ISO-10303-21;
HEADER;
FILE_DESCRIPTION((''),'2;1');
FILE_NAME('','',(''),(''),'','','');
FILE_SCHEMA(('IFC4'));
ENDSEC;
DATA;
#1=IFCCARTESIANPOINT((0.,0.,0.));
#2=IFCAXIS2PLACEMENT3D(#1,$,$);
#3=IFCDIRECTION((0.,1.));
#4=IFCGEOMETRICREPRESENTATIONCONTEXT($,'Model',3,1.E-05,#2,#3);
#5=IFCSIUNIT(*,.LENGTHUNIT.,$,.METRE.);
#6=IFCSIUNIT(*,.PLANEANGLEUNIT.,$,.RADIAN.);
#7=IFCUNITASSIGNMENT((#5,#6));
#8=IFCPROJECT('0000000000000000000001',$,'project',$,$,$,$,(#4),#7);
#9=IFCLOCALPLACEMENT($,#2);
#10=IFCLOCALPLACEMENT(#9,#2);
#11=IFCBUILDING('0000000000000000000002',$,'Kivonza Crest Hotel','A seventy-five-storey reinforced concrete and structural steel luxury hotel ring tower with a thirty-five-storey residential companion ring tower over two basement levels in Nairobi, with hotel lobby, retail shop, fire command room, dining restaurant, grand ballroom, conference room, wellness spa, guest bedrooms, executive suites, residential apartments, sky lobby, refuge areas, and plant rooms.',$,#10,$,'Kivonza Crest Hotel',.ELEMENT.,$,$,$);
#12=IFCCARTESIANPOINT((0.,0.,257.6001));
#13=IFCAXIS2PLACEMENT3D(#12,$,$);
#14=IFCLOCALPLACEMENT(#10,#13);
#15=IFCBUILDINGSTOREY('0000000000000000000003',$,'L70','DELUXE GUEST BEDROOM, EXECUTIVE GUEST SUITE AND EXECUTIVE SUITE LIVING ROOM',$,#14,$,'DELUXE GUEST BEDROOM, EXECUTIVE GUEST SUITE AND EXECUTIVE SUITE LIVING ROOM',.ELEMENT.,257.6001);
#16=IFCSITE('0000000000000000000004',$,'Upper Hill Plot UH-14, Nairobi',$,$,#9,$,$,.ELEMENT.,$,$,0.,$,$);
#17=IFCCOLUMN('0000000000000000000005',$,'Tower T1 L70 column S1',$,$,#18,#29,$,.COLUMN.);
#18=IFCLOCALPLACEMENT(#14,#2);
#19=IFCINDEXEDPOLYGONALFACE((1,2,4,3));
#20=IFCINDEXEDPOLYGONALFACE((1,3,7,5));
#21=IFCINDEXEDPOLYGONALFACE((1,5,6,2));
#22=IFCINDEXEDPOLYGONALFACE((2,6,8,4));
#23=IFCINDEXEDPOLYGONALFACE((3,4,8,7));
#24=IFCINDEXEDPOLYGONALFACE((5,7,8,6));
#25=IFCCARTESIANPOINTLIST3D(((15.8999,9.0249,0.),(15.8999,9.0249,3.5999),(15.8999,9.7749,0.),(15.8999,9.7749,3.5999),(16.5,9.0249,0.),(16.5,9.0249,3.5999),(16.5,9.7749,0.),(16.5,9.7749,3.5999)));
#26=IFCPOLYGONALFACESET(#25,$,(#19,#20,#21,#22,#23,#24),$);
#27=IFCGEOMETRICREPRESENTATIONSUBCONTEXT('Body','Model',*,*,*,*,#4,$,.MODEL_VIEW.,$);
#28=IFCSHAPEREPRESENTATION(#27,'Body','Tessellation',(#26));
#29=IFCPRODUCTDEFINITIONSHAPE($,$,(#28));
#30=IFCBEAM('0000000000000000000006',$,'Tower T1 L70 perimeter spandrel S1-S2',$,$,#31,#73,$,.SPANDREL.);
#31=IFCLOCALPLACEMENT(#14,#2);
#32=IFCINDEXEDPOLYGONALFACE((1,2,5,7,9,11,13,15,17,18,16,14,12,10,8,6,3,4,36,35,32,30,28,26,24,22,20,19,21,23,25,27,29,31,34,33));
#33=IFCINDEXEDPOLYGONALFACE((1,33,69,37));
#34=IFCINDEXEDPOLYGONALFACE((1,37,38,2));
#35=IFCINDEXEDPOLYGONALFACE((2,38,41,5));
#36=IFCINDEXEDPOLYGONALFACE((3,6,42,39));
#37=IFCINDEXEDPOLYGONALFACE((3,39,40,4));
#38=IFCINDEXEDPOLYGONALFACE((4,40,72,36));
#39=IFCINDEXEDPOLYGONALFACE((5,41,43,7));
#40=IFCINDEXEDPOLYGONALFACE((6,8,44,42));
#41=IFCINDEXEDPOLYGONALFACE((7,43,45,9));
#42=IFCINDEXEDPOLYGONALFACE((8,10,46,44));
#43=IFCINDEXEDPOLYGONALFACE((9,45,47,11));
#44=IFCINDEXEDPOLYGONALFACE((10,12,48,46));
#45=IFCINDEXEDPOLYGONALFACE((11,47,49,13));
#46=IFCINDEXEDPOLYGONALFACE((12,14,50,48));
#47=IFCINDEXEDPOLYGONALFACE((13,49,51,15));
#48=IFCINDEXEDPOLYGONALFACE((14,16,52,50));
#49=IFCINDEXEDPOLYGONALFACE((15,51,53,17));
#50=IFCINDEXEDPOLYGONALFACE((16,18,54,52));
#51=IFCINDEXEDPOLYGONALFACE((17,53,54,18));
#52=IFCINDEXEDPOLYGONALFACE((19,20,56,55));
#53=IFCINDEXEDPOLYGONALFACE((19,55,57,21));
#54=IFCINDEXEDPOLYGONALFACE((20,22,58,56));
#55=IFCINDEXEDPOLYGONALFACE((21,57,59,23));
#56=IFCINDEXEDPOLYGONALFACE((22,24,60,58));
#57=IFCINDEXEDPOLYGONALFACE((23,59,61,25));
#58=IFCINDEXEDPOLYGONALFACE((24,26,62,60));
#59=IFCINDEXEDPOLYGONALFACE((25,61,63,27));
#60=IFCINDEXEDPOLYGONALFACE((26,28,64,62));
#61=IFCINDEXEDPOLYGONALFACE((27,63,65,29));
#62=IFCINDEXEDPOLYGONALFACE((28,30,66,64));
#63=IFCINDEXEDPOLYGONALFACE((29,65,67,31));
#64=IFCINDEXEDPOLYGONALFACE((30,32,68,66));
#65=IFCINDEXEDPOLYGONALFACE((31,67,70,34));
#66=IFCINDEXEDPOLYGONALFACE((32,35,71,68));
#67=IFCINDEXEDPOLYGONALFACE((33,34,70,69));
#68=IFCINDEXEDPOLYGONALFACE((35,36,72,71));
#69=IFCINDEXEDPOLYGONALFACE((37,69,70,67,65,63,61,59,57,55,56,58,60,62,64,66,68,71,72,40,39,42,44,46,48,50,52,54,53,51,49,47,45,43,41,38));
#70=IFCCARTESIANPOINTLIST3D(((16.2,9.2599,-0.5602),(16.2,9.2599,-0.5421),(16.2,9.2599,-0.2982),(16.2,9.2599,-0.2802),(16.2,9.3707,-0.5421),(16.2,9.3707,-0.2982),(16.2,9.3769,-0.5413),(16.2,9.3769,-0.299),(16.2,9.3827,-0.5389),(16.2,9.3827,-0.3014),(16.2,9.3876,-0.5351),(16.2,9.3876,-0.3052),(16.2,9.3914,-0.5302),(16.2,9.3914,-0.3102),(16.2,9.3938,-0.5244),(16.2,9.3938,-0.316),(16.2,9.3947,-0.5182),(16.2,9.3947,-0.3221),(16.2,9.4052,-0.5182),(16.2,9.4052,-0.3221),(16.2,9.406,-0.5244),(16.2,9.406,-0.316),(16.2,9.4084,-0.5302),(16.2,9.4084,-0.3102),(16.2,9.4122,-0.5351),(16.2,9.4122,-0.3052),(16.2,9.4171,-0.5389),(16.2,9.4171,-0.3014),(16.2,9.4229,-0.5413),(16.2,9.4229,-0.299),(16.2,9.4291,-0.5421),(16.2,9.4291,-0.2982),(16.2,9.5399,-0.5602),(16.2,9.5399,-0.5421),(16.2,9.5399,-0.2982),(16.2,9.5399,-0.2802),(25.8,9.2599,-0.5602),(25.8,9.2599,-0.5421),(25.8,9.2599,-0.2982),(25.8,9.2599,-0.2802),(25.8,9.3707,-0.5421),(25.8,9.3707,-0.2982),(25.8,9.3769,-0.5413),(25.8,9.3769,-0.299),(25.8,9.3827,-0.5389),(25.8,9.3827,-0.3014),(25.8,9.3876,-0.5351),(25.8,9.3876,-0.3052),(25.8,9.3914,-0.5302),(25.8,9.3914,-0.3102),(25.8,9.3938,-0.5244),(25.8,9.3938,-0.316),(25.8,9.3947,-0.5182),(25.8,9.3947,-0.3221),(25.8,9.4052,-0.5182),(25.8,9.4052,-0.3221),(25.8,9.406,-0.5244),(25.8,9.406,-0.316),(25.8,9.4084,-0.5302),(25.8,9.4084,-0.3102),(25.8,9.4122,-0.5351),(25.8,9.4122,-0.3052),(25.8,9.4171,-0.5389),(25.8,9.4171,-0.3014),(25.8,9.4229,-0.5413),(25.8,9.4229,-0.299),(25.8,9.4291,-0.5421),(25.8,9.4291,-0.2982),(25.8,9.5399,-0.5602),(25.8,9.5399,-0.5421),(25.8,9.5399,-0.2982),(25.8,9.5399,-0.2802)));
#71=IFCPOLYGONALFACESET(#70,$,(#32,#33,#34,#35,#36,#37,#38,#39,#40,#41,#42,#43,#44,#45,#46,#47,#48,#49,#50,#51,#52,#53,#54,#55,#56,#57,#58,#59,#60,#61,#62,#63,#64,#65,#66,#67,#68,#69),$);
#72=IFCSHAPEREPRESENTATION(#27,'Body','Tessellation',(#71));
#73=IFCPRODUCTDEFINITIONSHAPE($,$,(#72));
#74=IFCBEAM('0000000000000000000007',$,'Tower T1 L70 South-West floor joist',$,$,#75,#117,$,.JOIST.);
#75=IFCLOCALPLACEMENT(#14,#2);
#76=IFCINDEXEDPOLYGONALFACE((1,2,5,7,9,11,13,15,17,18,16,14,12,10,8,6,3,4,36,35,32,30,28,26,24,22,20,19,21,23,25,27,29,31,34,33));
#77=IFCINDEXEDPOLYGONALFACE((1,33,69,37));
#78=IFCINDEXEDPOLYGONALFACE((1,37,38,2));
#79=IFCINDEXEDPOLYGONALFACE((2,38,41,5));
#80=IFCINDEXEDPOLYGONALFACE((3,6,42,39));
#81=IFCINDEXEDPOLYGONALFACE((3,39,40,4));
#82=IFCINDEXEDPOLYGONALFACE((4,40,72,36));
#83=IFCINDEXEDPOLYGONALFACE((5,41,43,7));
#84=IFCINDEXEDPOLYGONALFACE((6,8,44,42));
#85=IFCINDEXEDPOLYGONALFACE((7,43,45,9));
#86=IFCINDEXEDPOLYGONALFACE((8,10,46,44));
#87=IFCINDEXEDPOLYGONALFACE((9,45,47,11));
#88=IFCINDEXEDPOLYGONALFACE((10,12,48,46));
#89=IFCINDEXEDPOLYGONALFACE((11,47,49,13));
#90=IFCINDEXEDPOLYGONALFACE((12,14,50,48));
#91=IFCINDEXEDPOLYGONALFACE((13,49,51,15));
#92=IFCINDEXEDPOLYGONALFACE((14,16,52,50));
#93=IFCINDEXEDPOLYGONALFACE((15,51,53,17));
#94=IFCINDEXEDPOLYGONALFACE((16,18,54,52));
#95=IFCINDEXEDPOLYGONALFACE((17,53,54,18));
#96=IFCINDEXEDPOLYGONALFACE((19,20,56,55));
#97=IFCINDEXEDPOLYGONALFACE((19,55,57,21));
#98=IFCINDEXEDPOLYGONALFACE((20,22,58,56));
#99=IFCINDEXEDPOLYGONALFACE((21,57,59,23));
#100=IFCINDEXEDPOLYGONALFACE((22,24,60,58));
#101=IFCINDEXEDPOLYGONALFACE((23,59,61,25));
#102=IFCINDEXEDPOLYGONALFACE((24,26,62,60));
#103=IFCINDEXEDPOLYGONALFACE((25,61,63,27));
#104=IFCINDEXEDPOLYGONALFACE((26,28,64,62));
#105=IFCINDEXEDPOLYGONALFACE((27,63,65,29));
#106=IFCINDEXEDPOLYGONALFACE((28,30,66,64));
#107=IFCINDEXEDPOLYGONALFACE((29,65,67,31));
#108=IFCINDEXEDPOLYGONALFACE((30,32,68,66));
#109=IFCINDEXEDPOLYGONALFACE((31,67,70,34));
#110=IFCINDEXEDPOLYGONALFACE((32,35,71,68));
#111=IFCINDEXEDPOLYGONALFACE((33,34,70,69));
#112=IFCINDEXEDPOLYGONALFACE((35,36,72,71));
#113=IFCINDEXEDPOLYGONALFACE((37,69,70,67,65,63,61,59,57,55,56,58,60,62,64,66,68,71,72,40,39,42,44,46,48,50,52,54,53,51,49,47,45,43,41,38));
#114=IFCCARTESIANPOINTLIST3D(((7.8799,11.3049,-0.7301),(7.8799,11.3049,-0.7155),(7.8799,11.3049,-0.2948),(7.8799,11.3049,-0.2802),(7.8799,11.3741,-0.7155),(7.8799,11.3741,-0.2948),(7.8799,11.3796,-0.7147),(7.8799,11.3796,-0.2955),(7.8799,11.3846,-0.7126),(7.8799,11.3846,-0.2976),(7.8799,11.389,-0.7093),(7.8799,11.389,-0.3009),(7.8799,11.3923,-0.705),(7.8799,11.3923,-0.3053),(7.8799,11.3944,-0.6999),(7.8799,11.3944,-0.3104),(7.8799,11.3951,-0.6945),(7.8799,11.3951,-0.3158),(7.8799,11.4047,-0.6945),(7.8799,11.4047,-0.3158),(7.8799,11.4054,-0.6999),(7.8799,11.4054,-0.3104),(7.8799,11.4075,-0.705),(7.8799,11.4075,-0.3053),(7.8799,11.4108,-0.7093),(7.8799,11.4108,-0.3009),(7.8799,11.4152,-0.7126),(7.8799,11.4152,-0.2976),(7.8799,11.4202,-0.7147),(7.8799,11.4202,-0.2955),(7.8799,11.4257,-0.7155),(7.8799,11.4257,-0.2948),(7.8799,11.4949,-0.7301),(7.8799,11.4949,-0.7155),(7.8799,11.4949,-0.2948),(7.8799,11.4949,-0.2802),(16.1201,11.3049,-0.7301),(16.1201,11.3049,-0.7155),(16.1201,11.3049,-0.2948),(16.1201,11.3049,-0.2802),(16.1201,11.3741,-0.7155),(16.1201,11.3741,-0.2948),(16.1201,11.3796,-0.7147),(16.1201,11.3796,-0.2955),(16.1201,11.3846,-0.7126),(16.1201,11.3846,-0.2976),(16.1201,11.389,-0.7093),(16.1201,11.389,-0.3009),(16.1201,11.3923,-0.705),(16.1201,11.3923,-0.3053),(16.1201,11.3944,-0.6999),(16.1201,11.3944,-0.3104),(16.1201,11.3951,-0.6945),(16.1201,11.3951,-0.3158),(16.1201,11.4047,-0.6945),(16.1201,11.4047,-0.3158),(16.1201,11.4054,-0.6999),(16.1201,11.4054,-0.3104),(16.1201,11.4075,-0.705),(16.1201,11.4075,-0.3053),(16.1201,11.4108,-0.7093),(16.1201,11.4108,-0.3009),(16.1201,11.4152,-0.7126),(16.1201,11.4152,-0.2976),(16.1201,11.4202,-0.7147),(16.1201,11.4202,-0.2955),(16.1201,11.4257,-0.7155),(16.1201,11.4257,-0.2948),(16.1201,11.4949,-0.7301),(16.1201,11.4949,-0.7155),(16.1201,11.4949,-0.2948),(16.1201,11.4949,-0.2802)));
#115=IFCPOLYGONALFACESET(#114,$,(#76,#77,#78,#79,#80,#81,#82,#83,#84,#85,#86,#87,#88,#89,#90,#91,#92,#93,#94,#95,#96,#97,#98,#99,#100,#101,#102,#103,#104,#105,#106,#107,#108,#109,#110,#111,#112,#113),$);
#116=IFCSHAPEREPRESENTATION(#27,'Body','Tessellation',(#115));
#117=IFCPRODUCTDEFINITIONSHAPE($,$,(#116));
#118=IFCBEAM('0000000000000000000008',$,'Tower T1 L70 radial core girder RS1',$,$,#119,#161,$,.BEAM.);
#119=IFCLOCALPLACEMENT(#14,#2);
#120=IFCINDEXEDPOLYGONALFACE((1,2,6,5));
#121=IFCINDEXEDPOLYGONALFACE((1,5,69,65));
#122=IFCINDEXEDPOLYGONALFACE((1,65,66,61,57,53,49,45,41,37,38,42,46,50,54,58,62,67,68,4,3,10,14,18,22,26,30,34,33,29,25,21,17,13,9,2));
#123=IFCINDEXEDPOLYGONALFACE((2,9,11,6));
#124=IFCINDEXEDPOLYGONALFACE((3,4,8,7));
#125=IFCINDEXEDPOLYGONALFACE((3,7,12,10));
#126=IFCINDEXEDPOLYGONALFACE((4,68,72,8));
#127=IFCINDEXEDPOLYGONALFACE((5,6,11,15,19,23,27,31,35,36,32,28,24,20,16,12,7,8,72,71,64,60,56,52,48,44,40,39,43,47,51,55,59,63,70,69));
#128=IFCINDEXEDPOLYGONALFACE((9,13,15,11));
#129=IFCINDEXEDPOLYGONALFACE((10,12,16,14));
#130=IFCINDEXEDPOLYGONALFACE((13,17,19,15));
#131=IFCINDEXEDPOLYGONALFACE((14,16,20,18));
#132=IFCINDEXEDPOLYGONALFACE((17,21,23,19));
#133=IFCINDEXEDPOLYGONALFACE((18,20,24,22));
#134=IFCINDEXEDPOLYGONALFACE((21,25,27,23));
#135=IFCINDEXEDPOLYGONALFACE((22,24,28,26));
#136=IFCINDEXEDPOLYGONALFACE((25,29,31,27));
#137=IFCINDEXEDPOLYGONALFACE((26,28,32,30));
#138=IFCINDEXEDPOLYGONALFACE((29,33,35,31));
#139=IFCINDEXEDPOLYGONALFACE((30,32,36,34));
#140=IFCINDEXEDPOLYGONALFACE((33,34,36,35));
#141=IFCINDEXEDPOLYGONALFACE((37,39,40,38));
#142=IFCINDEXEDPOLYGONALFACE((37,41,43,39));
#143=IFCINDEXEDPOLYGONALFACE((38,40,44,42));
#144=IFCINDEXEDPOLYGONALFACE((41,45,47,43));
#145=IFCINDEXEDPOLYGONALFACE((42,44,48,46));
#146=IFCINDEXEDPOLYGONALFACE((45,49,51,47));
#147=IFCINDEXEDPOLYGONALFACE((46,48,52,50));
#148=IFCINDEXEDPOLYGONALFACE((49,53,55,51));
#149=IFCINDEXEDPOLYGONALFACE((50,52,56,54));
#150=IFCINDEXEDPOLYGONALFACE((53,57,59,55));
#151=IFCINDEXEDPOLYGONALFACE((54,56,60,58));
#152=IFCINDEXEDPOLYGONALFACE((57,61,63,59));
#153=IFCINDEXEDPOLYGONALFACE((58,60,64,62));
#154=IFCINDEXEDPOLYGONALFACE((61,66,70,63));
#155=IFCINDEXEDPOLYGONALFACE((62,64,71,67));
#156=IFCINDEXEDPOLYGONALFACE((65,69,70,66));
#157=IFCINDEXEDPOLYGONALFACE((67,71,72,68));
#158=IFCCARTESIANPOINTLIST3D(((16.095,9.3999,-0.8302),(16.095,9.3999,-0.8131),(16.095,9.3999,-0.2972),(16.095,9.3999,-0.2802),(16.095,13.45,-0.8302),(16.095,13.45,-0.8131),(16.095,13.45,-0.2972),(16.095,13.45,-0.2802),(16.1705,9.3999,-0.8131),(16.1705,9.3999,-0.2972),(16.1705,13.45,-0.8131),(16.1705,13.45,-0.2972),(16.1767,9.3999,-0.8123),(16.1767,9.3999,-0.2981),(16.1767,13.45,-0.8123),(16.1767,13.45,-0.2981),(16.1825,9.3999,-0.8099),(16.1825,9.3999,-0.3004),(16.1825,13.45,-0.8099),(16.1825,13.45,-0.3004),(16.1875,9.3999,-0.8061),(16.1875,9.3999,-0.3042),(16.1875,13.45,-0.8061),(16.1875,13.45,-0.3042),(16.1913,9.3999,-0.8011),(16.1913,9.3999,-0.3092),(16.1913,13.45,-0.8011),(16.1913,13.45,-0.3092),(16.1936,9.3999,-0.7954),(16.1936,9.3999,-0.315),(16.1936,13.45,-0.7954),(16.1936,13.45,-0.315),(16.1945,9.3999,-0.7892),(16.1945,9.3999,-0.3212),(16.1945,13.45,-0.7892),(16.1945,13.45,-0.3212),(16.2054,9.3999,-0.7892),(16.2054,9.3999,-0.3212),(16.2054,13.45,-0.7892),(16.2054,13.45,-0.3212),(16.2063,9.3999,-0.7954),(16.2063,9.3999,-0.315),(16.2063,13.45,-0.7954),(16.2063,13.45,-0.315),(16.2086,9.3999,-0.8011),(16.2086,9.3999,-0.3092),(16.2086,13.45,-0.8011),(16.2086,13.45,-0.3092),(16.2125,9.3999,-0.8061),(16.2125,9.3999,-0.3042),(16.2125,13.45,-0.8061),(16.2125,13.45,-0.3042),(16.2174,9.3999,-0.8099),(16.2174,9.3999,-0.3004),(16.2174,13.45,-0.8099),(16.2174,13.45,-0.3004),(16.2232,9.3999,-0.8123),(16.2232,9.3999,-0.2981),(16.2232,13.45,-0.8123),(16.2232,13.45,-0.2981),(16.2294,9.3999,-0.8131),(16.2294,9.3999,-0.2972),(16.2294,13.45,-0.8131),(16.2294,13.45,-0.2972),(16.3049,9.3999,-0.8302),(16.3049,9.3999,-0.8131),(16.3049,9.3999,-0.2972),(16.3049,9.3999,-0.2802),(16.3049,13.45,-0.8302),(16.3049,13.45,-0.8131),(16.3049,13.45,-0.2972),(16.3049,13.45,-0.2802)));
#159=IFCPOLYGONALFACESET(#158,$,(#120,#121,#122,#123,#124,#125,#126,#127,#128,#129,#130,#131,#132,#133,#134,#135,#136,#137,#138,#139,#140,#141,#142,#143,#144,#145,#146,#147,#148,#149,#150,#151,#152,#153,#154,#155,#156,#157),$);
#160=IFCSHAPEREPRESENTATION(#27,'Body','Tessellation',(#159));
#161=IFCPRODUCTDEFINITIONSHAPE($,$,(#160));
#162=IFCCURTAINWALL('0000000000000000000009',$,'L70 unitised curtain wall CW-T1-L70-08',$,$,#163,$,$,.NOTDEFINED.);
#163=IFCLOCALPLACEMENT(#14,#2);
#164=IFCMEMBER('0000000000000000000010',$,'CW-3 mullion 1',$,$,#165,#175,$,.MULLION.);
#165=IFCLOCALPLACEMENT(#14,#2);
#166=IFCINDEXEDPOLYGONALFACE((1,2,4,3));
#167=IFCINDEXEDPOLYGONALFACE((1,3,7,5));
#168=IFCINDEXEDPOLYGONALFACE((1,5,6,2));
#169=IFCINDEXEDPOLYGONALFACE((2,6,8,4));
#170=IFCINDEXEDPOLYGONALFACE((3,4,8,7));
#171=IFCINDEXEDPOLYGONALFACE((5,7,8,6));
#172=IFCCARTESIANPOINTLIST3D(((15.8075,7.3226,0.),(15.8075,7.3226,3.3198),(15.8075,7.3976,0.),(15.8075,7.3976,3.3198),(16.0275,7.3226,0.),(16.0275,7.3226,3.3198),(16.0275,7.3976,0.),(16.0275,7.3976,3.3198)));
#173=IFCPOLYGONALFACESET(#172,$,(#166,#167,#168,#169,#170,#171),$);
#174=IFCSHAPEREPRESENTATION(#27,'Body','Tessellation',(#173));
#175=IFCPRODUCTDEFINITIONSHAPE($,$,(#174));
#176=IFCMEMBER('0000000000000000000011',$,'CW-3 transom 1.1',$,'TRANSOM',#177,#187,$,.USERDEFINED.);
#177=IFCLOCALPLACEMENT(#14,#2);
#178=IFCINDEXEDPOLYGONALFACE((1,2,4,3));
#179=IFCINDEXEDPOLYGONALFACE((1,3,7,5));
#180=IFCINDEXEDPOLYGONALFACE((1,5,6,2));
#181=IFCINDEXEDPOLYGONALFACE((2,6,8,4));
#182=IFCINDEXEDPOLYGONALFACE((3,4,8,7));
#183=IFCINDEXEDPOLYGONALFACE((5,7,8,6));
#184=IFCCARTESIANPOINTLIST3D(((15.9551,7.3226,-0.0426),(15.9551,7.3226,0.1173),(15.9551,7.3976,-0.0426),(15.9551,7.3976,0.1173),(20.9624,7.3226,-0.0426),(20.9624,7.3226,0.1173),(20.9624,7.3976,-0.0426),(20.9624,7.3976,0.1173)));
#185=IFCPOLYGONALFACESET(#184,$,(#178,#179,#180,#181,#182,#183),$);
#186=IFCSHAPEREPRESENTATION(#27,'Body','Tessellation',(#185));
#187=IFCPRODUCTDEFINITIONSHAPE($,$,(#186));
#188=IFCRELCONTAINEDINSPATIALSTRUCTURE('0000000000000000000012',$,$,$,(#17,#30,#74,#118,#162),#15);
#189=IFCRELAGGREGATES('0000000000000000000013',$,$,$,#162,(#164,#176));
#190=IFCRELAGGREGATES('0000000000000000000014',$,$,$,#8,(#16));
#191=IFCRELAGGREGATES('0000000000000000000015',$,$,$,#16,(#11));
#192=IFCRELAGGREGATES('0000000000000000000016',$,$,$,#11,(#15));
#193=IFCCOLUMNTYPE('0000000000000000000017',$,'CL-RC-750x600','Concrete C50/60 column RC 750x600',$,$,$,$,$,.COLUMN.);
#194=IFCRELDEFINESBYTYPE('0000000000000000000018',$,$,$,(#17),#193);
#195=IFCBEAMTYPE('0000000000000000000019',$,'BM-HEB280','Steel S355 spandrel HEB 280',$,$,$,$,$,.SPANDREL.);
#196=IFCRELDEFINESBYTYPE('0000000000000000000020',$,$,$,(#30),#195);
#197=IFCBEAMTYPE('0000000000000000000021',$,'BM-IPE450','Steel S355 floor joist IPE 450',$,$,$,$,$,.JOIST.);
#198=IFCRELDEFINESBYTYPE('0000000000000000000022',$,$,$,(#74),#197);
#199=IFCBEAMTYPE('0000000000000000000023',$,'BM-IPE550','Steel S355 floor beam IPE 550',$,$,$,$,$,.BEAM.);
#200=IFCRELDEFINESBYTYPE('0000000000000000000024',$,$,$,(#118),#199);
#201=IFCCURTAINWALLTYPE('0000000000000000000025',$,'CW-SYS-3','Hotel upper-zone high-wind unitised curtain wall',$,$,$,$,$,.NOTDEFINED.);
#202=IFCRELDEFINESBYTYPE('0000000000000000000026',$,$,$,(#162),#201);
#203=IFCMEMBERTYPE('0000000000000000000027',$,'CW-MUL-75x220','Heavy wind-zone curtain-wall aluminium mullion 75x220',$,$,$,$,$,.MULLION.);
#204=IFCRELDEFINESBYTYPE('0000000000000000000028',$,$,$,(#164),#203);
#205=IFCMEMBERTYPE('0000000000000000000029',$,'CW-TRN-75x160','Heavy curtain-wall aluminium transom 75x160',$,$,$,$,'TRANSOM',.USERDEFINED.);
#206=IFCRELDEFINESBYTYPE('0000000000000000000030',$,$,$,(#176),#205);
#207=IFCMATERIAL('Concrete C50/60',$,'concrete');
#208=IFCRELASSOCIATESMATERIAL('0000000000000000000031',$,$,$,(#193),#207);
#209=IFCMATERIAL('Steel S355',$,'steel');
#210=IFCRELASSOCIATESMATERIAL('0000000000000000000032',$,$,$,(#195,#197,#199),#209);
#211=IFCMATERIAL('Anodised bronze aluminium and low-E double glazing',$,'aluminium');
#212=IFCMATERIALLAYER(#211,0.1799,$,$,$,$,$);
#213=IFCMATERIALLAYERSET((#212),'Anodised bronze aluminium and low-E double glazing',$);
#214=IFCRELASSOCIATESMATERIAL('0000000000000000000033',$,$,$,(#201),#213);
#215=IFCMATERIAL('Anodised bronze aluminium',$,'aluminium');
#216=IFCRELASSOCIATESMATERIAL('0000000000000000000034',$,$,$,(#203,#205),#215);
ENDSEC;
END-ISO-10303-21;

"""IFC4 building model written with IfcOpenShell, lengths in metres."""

from ifc_helpers import new_model, si_unit, direction, frame, origin, origin_2d, place, context, subcontext, project, spatial, rectangle, i_section, extrude, material, layer, layer_set, material_profile, profile_set, type_object, element, aggregate, save


model = new_model("IFC4")

# Units and contexts
model_context = context("Model", 3, precision=1e-05, world=origin(), true_north=direction((0.0, 1.0)))
body_context = subcontext(model_context, "Body", "Model", "MODEL_VIEW")
ifc_project = project(units=[si_unit("LENGTHUNIT", "METRE"), si_unit("PLANEANGLEUNIT", "RADIAN")], contexts=[model_context])

# Site, building, storey
site_placement = place(None, origin())
site = spatial("IfcSite", under=ifc_project, at=site_placement, Name="Upper Hill Plot UH-14, Nairobi", CompositionType="ELEMENT", RefElevation=0.0)
building_placement = place(site_placement, origin())
building = spatial("IfcBuilding", under=site, at=building_placement, Name="Kivonza Crest Hotel", Description="A seventy-five-storey reinforced concrete and structural steel luxury hotel ring tower with a thirty-five-storey residential companion ring tower over two basement levels in Nairobi, with hotel lobby, retail shop, fire command room, dining restaurant, grand ballroom, conference room, wellness spa, guest bedrooms, executive suites, residential apartments, sky lobby, refuge areas, and plant rooms.", LongName="Kivonza Crest Hotel", CompositionType="ELEMENT")
storey_placement = place(building_placement, frame((0.0, 0.0, 257.6001)))
storey = spatial("IfcBuildingStorey", under=building, at=storey_placement, Name="L70", Description="DELUXE GUEST BEDROOM, EXECUTIVE GUEST SUITE AND EXECUTIVE SUITE LIVING ROOM", LongName="DELUXE GUEST BEDROOM, EXECUTIVE GUEST SUITE AND EXECUTIVE SUITE LIVING ROOM", CompositionType="ELEMENT", Elevation=257.6001)

# Column
ifc_material_1 = material(Name="Concrete C50/60", Category="concrete")
ifc_material_profile_1 = material_profile(ifc_material_1, rectangle(XDim=0.6001, YDim=0.75, at=origin_2d()), Name="RC 750x600")
ifc_profile_set_1 = profile_set([ifc_material_profile_1], Name="Concrete C50/60")
column_type = type_object("IfcColumnType", Name="CL-RC-750x600", Description="Concrete C50/60 column RC 750x600", PredefinedType="COLUMN", material=ifc_profile_set_1)
column_placement = place(storey_placement, frame((16.2, 9.3999, 0.0), z_axis=(0.0, 0.0, 1.0), x_axis=(1.0, 0.0, 0.0)))
element("IfcColumn", 1, at=column_placement, inside=storey, type_object=column_type, Name="Tower T1 L70 column S1", PredefinedType="COLUMN", context=body_context, shape_type="SweptSolid", body=[
    extrude(rectangle(XDim=0.6001, YDim=0.75, at=origin_2d()), origin(), (0.0, 0.0, 1.0), 3.5999),
])

# Beams
ifc_material_2 = material(Name="Steel S355", Category="steel")
ifc_material_profile_2 = material_profile(ifc_material_2, i_section(OverallWidth=0.28, OverallDepth=0.28, WebThickness=0.0105, FlangeThickness=0.0181, FilletRadius=0.0239, at=origin_2d()), Name="HEB 280")
ifc_profile_set_2 = profile_set([ifc_material_profile_2], Name="Steel S355")
beam_type_1 = type_object("IfcBeamType", Name="BM-HEB280", Description="Steel S355 spandrel HEB 280", PredefinedType="SPANDREL", material=ifc_profile_set_2)
beam_1_placement = place(storey_placement, frame((16.2, 9.3999, -0.4202), z_axis=(1.0, 0.0, 0.0), x_axis=(0.0, 1.0, 0.0)))
element("IfcBeam", 2, at=beam_1_placement, inside=storey, type_object=beam_type_1, Name="Tower T1 L70 perimeter spandrel S1-S2", PredefinedType="SPANDREL", context=body_context, shape_type="SweptSolid", body=[
    extrude(i_section(OverallWidth=0.28, OverallDepth=0.28, WebThickness=0.0105, FlangeThickness=0.0181, FilletRadius=0.0239, at=origin_2d()), origin(), (0.0, 0.0, 1.0), 9.6001),
])
ifc_material_profile_3 = material_profile(ifc_material_2, i_section(OverallWidth=0.1899, OverallDepth=0.45, WebThickness=0.0095, FlangeThickness=0.0146, FilletRadius=0.021, at=origin_2d()), Name="IPE 450")
ifc_profile_set_3 = profile_set([ifc_material_profile_3], Name="Steel S355")
beam_type_2 = type_object("IfcBeamType", Name="BM-IPE450", Description="Steel S355 floor joist IPE 450", PredefinedType="JOIST", material=ifc_profile_set_3)
beam_2_placement = place(storey_placement, frame((7.8799, 11.3999, -0.5051), z_axis=(1.0, 0.0, 0.0), x_axis=(0.0, 1.0, 0.0)))
element("IfcBeam", 3, at=beam_2_placement, inside=storey, type_object=beam_type_2, Name="Tower T1 L70 South-West floor joist", PredefinedType="JOIST", context=body_context, shape_type="SweptSolid", body=[
    extrude(i_section(OverallWidth=0.1899, OverallDepth=0.45, WebThickness=0.0095, FlangeThickness=0.0146, FilletRadius=0.021, at=origin_2d()), origin(), (0.0, 0.0, 1.0), 8.2402),
])
ifc_material_profile_4 = material_profile(ifc_material_2, i_section(OverallWidth=0.21, OverallDepth=0.55, WebThickness=0.011, FlangeThickness=0.0171, FilletRadius=0.0239, at=origin_2d()), Name="IPE 550")
ifc_profile_set_4 = profile_set([ifc_material_profile_4], Name="Steel S355")
beam_type_3 = type_object("IfcBeamType", Name="BM-IPE550", Description="Steel S355 floor beam IPE 550", PredefinedType="BEAM", material=ifc_profile_set_4)
beam_3_placement = place(storey_placement, frame((16.2, 9.3999, -0.5552), z_axis=(0.0, 1.0, 0.0), x_axis=(-1.0, 0.0, 0.0)))
element("IfcBeam", 4, at=beam_3_placement, inside=storey, type_object=beam_type_3, Name="Tower T1 L70 radial core girder RS1", PredefinedType="BEAM", context=body_context, shape_type="SweptSolid", body=[
    extrude(i_section(OverallWidth=0.21, OverallDepth=0.55, WebThickness=0.011, FlangeThickness=0.0171, FilletRadius=0.0239, at=origin_2d()), origin(), (0.0, 0.0, 1.0), 4.05),
])

# Curtain wall, members
ifc_material_3 = material(Name="Anodised bronze aluminium and low-E double glazing", Category="aluminium")
ifc_layer_1 = layer(ifc_material_3, 0.1799)
ifc_layer_set_1 = layer_set([ifc_layer_1], Name="Anodised bronze aluminium and low-E double glazing")
curtain_wall_type = type_object("IfcCurtainWallType", Name="CW-SYS-3", Description="Hotel upper-zone high-wind unitised curtain wall", PredefinedType="NOTDEFINED", material=ifc_layer_set_1)
curtain_wall_placement = place(storey_placement, origin())
curtain_wall = element("IfcCurtainWall", 5, at=curtain_wall_placement, inside=storey, type_object=curtain_wall_type, Name="L70 unitised curtain wall CW-T1-L70-08", PredefinedType="NOTDEFINED")
ifc_material_4 = material(Name="Anodised bronze aluminium", Category="aluminium")
ifc_material_profile_5 = material_profile(ifc_material_4, rectangle(XDim=0.075, YDim=0.22, at=origin_2d()), Name="CW-M 75x220")
ifc_profile_set_5 = profile_set([ifc_material_profile_5], Name="Anodised bronze aluminium")
member_type_1 = type_object("IfcMemberType", Name="CW-MUL-75x220", Description="Heavy wind-zone curtain-wall aluminium mullion 75x220", PredefinedType="MULLION", material=ifc_profile_set_5)
member_1_placement = place(storey_placement, frame((15.9175, 7.3601, 0.0), z_axis=(0.0, 0.0, 1.0), x_axis=(0.0, 1.0, 0.0)))
member_1 = element("IfcMember", 6, at=member_1_placement, type_object=member_type_1, Name="CW-3 mullion 1", PredefinedType="MULLION", context=body_context, shape_type="SweptSolid", body=[
    extrude(rectangle(XDim=0.075, YDim=0.22, at=origin_2d()), origin(), (0.0, 0.0, 1.0), 3.3198),
])
ifc_material_profile_6 = material_profile(ifc_material_4, rectangle(XDim=0.075, YDim=0.1599, at=origin_2d()), Name="CW-T 75x160")
ifc_profile_set_6 = profile_set([ifc_material_profile_6], Name="Anodised bronze aluminium")
member_type_2 = type_object("IfcMemberType", Name="CW-TRN-75x160", Description="Heavy curtain-wall aluminium transom 75x160", ElementType="TRANSOM", PredefinedType="USERDEFINED", material=ifc_profile_set_6)
member_2_placement = place(storey_placement, frame((15.9551, 7.3601, 0.0374), z_axis=(1.0, 0.0, 0.0), x_axis=(0.0, 1.0, 0.0)))
member_2 = element("IfcMember", 7, at=member_2_placement, type_object=member_type_2, Name="CW-3 transom 1.1", ObjectType="TRANSOM", PredefinedType="USERDEFINED", context=body_context, shape_type="SweptSolid", body=[
    extrude(rectangle(XDim=0.075, YDim=0.1599, at=origin_2d()), origin(), (0.0, 0.0, 1.0), 5.0073),
])
aggregate(curtain_wall, [member_1, member_2])

save(model, "model.ifc")
